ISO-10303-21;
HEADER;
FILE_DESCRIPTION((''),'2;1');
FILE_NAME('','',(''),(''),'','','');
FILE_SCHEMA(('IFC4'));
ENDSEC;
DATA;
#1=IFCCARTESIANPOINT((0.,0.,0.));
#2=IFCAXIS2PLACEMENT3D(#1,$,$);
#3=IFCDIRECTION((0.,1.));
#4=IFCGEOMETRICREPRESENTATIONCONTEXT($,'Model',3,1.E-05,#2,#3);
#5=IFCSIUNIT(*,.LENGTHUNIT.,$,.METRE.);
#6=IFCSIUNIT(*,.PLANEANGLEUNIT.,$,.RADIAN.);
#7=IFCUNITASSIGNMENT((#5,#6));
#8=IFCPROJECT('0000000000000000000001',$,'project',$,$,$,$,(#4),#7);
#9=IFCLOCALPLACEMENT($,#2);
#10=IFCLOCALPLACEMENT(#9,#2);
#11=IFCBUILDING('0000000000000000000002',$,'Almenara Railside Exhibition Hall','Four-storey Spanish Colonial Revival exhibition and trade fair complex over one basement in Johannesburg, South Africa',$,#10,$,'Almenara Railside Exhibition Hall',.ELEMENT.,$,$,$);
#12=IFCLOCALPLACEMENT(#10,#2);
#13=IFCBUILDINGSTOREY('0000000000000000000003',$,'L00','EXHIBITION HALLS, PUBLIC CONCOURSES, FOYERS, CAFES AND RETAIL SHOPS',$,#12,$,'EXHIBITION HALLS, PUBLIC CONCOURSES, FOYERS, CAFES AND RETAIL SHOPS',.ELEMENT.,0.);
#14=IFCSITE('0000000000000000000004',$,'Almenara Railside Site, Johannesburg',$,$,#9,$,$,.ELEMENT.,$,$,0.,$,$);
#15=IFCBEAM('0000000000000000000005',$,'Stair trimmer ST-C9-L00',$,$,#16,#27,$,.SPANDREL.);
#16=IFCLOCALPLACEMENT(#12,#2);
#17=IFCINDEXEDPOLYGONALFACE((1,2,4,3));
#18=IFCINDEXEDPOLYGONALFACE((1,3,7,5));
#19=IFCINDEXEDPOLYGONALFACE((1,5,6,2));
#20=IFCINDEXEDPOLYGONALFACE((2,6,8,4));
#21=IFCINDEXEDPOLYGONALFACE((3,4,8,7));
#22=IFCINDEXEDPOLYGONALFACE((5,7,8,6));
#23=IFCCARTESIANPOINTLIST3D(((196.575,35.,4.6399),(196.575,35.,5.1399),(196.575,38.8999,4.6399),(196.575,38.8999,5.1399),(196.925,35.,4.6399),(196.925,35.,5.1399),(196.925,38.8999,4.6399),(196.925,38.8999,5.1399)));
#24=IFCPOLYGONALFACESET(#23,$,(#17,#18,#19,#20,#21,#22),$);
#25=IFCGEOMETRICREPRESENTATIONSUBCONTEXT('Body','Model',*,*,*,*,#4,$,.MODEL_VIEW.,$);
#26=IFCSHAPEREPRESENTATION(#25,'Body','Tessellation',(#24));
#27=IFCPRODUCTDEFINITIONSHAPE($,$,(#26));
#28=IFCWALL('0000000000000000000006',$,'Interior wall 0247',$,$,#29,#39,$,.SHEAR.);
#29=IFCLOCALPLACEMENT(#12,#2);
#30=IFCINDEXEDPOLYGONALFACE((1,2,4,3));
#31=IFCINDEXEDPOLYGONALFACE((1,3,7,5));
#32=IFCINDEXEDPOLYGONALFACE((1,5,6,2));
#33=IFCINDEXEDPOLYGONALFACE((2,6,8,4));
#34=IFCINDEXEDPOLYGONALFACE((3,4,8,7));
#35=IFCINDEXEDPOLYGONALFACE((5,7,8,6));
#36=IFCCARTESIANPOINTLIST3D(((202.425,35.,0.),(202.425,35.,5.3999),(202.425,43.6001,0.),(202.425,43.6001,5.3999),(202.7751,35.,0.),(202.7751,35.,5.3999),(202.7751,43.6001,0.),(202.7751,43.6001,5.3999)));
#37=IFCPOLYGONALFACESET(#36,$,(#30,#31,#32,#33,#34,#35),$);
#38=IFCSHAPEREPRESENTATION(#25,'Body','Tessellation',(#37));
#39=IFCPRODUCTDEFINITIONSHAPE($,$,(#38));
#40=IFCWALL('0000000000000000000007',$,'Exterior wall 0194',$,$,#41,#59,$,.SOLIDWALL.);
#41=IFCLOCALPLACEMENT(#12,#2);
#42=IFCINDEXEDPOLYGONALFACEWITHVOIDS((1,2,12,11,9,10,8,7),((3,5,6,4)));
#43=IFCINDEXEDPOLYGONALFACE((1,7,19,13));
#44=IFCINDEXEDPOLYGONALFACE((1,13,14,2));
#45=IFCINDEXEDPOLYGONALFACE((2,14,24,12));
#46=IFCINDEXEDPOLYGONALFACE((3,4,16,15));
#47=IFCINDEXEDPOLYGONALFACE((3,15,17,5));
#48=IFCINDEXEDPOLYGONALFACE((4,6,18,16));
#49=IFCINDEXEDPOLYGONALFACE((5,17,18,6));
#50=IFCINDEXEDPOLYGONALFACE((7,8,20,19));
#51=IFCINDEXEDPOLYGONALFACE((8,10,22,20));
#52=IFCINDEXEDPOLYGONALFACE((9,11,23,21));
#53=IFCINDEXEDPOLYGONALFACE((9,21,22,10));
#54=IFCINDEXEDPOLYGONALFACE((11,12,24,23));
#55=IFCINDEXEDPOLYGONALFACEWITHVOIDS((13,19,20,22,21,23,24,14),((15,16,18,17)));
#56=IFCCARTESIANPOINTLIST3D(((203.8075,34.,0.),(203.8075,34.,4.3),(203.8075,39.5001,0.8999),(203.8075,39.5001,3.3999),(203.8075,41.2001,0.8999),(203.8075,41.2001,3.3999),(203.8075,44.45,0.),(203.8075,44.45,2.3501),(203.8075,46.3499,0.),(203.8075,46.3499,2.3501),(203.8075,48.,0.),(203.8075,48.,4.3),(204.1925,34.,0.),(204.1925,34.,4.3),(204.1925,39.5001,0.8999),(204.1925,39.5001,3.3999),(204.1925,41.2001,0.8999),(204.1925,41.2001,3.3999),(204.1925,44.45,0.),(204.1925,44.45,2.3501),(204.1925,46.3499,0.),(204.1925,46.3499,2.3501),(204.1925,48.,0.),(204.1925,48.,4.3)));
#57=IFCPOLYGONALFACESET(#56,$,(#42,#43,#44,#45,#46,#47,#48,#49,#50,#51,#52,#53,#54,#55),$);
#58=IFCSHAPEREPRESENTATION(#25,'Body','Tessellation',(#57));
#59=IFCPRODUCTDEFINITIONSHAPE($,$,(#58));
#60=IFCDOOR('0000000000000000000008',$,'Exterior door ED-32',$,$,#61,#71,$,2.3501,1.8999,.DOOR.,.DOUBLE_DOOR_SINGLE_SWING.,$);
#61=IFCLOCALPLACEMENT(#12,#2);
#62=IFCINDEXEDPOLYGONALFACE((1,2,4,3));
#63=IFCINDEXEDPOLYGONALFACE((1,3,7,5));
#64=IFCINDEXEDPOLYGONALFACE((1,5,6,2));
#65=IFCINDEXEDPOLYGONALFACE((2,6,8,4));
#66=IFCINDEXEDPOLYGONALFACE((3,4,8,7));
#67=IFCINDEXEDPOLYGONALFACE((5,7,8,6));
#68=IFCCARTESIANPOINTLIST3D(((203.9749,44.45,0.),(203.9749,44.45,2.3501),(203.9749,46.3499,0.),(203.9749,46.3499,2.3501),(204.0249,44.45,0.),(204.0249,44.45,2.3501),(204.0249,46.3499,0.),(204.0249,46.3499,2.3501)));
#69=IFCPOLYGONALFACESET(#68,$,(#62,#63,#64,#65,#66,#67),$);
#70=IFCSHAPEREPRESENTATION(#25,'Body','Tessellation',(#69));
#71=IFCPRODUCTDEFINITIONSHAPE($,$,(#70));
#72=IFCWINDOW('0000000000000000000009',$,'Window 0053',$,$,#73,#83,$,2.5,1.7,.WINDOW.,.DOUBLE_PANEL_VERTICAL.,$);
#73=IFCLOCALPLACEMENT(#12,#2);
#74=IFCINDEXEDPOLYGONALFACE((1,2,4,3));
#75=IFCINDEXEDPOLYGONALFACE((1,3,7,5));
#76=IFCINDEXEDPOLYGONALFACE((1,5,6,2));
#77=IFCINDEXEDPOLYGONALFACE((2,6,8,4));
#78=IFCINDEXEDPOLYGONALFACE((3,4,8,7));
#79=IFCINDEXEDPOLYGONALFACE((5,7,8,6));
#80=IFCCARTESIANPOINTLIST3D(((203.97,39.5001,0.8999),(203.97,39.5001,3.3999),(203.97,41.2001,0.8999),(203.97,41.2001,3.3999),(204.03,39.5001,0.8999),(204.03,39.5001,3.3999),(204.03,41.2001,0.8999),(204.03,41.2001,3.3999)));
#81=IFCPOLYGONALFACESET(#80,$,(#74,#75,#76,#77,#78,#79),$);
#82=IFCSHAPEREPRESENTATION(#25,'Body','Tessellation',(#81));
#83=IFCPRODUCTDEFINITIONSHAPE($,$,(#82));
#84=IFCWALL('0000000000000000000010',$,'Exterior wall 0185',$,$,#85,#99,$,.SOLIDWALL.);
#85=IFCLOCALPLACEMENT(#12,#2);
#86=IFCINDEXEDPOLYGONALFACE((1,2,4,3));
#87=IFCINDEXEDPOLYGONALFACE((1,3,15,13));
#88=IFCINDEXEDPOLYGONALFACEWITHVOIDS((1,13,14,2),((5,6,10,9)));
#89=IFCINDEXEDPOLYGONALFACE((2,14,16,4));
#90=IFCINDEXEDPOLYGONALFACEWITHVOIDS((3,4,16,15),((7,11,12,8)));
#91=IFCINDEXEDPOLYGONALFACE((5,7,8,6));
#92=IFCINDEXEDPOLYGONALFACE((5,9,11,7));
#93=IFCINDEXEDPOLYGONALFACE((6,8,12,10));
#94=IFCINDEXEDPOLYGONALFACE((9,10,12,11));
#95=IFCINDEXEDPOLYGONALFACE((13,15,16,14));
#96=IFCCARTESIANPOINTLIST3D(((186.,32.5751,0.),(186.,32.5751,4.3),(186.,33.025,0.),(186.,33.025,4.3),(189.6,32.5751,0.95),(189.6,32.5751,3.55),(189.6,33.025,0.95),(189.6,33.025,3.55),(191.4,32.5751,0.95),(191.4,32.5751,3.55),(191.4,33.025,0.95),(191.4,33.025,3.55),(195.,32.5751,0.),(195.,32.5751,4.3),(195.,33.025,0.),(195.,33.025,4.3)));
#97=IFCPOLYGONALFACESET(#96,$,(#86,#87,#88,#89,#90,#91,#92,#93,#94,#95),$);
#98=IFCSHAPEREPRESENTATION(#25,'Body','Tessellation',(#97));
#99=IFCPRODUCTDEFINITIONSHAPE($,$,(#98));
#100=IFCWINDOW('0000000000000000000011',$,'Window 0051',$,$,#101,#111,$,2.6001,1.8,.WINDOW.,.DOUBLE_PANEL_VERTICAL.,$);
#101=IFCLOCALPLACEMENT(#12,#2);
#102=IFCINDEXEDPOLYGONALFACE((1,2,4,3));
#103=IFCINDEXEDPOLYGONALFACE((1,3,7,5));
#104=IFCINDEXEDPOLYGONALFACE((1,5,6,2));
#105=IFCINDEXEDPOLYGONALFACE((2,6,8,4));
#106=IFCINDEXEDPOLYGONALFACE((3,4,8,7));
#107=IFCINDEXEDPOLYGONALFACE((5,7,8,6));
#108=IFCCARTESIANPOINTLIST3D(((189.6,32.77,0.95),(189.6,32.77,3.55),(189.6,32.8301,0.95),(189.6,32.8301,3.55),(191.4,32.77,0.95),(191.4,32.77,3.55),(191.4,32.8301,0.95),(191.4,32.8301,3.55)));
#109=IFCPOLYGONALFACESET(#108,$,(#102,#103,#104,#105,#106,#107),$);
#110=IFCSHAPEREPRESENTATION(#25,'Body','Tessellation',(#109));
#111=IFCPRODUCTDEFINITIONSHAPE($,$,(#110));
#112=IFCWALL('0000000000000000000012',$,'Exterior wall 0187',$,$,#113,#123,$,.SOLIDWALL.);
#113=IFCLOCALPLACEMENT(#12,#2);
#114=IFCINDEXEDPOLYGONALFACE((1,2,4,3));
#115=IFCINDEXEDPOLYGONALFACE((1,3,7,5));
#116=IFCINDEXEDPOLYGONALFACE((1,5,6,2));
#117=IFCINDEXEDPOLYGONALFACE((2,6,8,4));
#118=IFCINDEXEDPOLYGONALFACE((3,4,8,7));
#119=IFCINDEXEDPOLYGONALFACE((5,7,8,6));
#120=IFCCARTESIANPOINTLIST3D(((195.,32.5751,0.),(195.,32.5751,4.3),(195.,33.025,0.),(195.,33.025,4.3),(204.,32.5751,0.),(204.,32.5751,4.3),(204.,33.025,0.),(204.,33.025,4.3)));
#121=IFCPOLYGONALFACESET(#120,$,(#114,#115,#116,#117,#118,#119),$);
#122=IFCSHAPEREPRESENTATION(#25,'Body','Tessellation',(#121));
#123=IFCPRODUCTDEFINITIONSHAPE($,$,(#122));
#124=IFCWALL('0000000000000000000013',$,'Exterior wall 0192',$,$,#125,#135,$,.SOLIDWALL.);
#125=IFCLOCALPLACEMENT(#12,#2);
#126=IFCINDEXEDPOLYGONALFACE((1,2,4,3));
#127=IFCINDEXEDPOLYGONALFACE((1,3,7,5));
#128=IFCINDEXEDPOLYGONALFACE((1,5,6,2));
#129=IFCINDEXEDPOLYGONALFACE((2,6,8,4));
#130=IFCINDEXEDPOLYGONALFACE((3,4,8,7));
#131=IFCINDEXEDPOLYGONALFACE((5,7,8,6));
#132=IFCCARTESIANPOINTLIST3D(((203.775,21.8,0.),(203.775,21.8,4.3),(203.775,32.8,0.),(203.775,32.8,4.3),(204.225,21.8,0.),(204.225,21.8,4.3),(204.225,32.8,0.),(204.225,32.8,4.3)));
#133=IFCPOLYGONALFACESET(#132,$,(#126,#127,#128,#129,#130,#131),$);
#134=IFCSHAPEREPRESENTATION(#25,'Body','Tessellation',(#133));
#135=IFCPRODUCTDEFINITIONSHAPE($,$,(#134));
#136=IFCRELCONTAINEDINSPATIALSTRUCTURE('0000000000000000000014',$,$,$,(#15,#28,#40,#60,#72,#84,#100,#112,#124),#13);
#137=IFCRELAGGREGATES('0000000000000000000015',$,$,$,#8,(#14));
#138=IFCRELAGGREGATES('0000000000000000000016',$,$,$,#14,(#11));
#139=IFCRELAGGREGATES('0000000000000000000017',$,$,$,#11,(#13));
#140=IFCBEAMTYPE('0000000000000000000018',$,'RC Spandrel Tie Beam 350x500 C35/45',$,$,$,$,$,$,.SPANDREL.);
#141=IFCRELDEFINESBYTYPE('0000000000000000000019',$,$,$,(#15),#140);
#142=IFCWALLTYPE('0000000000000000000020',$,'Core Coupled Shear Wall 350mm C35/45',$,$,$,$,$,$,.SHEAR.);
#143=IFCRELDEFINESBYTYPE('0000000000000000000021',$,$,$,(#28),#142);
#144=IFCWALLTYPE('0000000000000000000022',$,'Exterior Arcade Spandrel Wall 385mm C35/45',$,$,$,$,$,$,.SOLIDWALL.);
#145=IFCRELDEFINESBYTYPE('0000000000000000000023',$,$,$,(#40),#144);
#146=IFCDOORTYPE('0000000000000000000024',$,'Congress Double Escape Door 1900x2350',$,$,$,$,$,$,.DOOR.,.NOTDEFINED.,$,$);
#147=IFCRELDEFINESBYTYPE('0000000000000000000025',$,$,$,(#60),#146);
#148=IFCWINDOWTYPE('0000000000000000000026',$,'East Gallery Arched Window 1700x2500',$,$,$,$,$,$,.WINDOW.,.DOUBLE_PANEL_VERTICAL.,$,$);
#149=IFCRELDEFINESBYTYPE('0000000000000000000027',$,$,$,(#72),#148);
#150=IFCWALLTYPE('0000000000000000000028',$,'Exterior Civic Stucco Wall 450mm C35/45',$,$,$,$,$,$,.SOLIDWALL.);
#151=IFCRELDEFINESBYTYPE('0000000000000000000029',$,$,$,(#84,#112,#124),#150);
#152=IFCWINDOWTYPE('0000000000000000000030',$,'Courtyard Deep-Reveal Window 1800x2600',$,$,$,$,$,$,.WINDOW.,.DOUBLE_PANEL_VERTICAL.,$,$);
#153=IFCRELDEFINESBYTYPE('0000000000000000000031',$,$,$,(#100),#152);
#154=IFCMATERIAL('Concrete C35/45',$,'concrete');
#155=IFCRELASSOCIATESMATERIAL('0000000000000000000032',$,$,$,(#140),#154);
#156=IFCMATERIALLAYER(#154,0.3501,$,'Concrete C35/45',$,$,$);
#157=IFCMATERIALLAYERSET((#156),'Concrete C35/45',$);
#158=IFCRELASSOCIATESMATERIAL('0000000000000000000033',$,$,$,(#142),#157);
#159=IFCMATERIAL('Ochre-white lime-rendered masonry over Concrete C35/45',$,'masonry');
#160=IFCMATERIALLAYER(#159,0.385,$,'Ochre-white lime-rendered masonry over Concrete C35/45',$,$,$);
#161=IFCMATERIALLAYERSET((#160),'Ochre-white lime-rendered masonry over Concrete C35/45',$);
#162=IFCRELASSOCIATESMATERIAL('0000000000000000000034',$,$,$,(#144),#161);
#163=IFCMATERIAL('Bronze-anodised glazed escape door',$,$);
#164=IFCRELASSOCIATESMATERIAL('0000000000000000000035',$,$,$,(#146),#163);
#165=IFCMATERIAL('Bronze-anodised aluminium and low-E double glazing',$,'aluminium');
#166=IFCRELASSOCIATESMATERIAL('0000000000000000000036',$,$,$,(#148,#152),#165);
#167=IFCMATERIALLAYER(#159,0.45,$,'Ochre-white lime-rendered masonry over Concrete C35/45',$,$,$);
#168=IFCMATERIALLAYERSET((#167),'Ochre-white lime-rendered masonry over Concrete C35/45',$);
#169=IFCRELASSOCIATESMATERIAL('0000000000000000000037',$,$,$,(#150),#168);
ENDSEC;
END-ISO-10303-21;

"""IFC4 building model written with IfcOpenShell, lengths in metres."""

from ifc_helpers import new_model, si_unit, direction, frame, frame_2d, origin, origin_2d, place, context, subcontext, project, spatial, rectangle, extrude, material, layer, layer_set, material_profile, profile_set, type_object, element, fill, save


model = new_model("IFC4")

# Units and contexts
model_context = context("Model", 3, precision=1e-05, world=origin(), true_north=direction((0.0, 1.0)))
body_context = subcontext(model_context, "Body", "Model", "MODEL_VIEW")
ifc_project = project(units=[si_unit("LENGTHUNIT", "METRE"), si_unit("PLANEANGLEUNIT", "RADIAN")], contexts=[model_context])

# Site, building, storey
site_placement = place(None, origin())
site = spatial("IfcSite", under=ifc_project, at=site_placement, Name="Almenara Railside Site, Johannesburg", CompositionType="ELEMENT", RefElevation=0.0)
building_placement = place(site_placement, origin())
building = spatial("IfcBuilding", under=site, at=building_placement, Name="Almenara Railside Exhibition Hall", Description="Four-storey Spanish Colonial Revival exhibition and trade fair complex over one basement in Johannesburg, South Africa", LongName="Almenara Railside Exhibition Hall", CompositionType="ELEMENT")
storey_placement = place(building_placement, origin())
storey = spatial("IfcBuildingStorey", under=building, at=storey_placement, Name="L00", Description="EXHIBITION HALLS, PUBLIC CONCOURSES, FOYERS, CAFES AND RETAIL SHOPS", LongName="EXHIBITION HALLS, PUBLIC CONCOURSES, FOYERS, CAFES AND RETAIL SHOPS", CompositionType="ELEMENT", Elevation=0.0)

# Shared definitions
ifc_material_1 = material(Name="Concrete C35/45", Category="concrete")

# Beam
ifc_material_profile_1 = material_profile(ifc_material_1, rectangle(XDim=0.3501, YDim=0.5, at=origin_2d()), Name="RC 350x500")
ifc_profile_set_1 = profile_set([ifc_material_profile_1], Name="Concrete C35/45")
beam_type_1 = type_object("IfcBeamType", Name="RC Spandrel Tie Beam 350x500 C35/45", PredefinedType="SPANDREL", material=ifc_profile_set_1)
beam_1_placement = place(storey_placement, frame((196.75, 35.0, 4.8899), z_axis=(0.0, 1.0, 0.0), x_axis=(-1.0, 0.0, 0.0)))
element("IfcBeam", 1, at=beam_1_placement, inside=storey, type_object=beam_type_1, Name="Stair trimmer ST-C9-L00", PredefinedType="SPANDREL", context=body_context, shape_type="SweptSolid", body=[
    extrude(rectangle(XDim=0.3501, YDim=0.5, at=origin_2d()), origin(), (0.0, 0.0, 1.0), 3.8999),
])

# Wall
ifc_layer_1 = layer(ifc_material_1, 0.3501, Name="Concrete C35/45")
ifc_layer_set_1 = layer_set([ifc_layer_1], Name="Concrete C35/45")
wall_type_1 = type_object("IfcWallType", Name="Core Coupled Shear Wall 350mm C35/45", PredefinedType="SHEAR", material=ifc_layer_set_1)
wall_1_placement = place(storey_placement, frame((202.6001, 35.0, 0.0), z_axis=(0.0, 0.0, 1.0), x_axis=(0.0, 1.0, 0.0)))
element("IfcWall", 2, at=wall_1_placement, inside=storey, type_object=wall_type_1, Name="Interior wall 0247", PredefinedType="SHEAR", context=body_context, shape_type="SweptSolid", body=[
    extrude(rectangle(XDim=8.6001, YDim=0.3501, at=frame_2d((4.3, 0.0))), origin(), (0.0, 0.0, 1.0), 5.3999),
])

# Wall, openings, door, window
ifc_material_2 = material(Name="Ochre-white lime-rendered masonry over Concrete C35/45", Category="masonry")
ifc_layer_2 = layer(ifc_material_2, 0.385, Name="Ochre-white lime-rendered masonry over Concrete C35/45")
ifc_layer_set_2 = layer_set([ifc_layer_2], Name="Ochre-white lime-rendered masonry over Concrete C35/45")
wall_type_2 = type_object("IfcWallType", Name="Exterior Arcade Spandrel Wall 385mm C35/45", PredefinedType="SOLIDWALL", material=ifc_layer_set_2)
wall_2_placement = place(storey_placement, frame((204.0, 34.0, 0.0), z_axis=(0.0, 0.0, 1.0), x_axis=(0.0, 1.0, 0.0)))
wall_2 = element("IfcWall", 3, at=wall_2_placement, inside=storey, type_object=wall_type_2, Name="Exterior wall 0194", PredefinedType="SOLIDWALL", context=body_context, shape_type="SweptSolid", body=[
    extrude(rectangle(XDim=14.0, YDim=0.385, at=frame_2d((7.0, 0.0))), origin(), (0.0, 0.0, 1.0), 4.3),
])
opening_1_placement = place(wall_2_placement, frame((5.5, 0.0, 0.8999)))
opening_1 = element("IfcOpeningElement", 4, at=opening_1_placement, cuts=wall_2, PredefinedType="OPENING", context=body_context, shape_type="SweptSolid", body=[
    extrude(rectangle(XDim=1.7, YDim=2.5, at=frame_2d((0.8501, 1.25))), frame((0.0, 0.2024, 0.0), z_axis=(0.0, -1.0, 0.0), x_axis=(1.0, 0.0, 0.0)), (0.0, 0.0, 1.0), 0.405),
])
opening_2_placement = place(wall_2_placement, frame((10.45, 0.0, 0.0)))
opening_2 = element("IfcOpeningElement", 5, at=opening_2_placement, cuts=wall_2, PredefinedType="OPENING", context=body_context, shape_type="SweptSolid", body=[
    extrude(rectangle(XDim=1.8999, YDim=2.3501, at=frame_2d((0.95, 1.175))), frame((0.0, 0.2024, 0.0), z_axis=(0.0, -1.0, 0.0), x_axis=(1.0, 0.0, 0.0)), (0.0, 0.0, 1.0), 0.405),
])
ifc_material_3 = material(Name="Bronze-anodised glazed escape door")
door_type = type_object("IfcDoorType", Name="Congress Double Escape Door 1900x2350", OperationType="NOTDEFINED", PredefinedType="DOOR", material=ifc_material_3)
door_placement = place(opening_2_placement, frame((1.8999, 0.0, 0.0), z_axis=(0.0, 0.0, 1.0), x_axis=(-1.0, 0.0, 0.0)))
door = element("IfcDoor", 6, at=door_placement, inside=storey, type_object=door_type, Name="Exterior door ED-32", OperationType="DOUBLE_DOOR_SINGLE_SWING", OverallHeight=2.3501, OverallWidth=1.8999, PredefinedType="DOOR", context=body_context, shape_type="SweptSolid", body=[
    extrude(rectangle(XDim=1.8999, YDim=2.3501, at=frame_2d((0.95, 1.175))), frame((0.0, 0.0249, 0.0), z_axis=(0.0, -1.0, 0.0), x_axis=(1.0, 0.0, 0.0)), (0.0, 0.0, 1.0), 0.05),
])
fill(opening_2, door)
ifc_material_4 = material(Name="Bronze-anodised aluminium and low-E double glazing", Category="aluminium")
window_type_1 = type_object("IfcWindowType", Name="East Gallery Arched Window 1700x2500", PartitioningType="DOUBLE_PANEL_VERTICAL", PredefinedType="WINDOW", material=ifc_material_4)
window_1_placement = place(opening_1_placement, origin())
window_1 = element("IfcWindow", 7, at=window_1_placement, inside=storey, type_object=window_type_1, Name="Window 0053", OverallHeight=2.5, OverallWidth=1.7, PartitioningType="DOUBLE_PANEL_VERTICAL", PredefinedType="WINDOW", context=body_context, shape_type="SweptSolid", body=[
    extrude(rectangle(XDim=1.7, YDim=2.5, at=frame_2d((0.8501, 1.25))), frame((0.0, 0.03, 0.0), z_axis=(0.0, -1.0, 0.0), x_axis=(1.0, 0.0, 0.0)), (0.0, 0.0, 1.0), 0.0601),
])
fill(opening_1, window_1)

# Wall, opening, window
ifc_layer_3 = layer(ifc_material_2, 0.45, Name="Ochre-white lime-rendered masonry over Concrete C35/45")
ifc_layer_set_3 = layer_set([ifc_layer_3], Name="Ochre-white lime-rendered masonry over Concrete C35/45")
wall_type_3 = type_object("IfcWallType", Name="Exterior Civic Stucco Wall 450mm C35/45", PredefinedType="SOLIDWALL", material=ifc_layer_set_3)
wall_3_placement = place(storey_placement, frame((195.0, 32.8, 0.0), z_axis=(0.0, 0.0, 1.0), x_axis=(-1.0, 0.0, 0.0)))
wall_3 = element("IfcWall", 8, at=wall_3_placement, inside=storey, type_object=wall_type_3, Name="Exterior wall 0185", PredefinedType="SOLIDWALL", context=body_context, shape_type="SweptSolid", body=[
    extrude(rectangle(XDim=9.0, YDim=0.45, at=frame_2d((4.5, 0.0))), origin(), (0.0, 0.0, 1.0), 4.3),
])
opening_3_placement = place(wall_3_placement, frame((3.6001, 0.0, 0.95)))
opening_3 = element("IfcOpeningElement", 9, at=opening_3_placement, cuts=wall_3, PredefinedType="OPENING", context=body_context, shape_type="SweptSolid", body=[
    extrude(rectangle(XDim=1.8, YDim=2.6001, at=frame_2d((0.8999, 1.3))), frame((0.0, 0.2349, 0.0), z_axis=(0.0, -1.0, 0.0), x_axis=(1.0, 0.0, 0.0)), (0.0, 0.0, 1.0), 0.47),
])
window_type_2 = type_object("IfcWindowType", Name="Courtyard Deep-Reveal Window 1800x2600", PartitioningType="DOUBLE_PANEL_VERTICAL", PredefinedType="WINDOW", material=ifc_material_4)
window_2_placement = place(opening_3_placement, origin())
window_2 = element("IfcWindow", 10, at=window_2_placement, inside=storey, type_object=window_type_2, Name="Window 0051", OverallHeight=2.6001, OverallWidth=1.8, PartitioningType="DOUBLE_PANEL_VERTICAL", PredefinedType="WINDOW", context=body_context, shape_type="SweptSolid", body=[
    extrude(rectangle(XDim=1.8, YDim=2.6001, at=frame_2d((0.8999, 1.3))), frame((0.0, 0.03, 0.0), z_axis=(0.0, -1.0, 0.0), x_axis=(1.0, 0.0, 0.0)), (0.0, 0.0, 1.0), 0.0601),
])
fill(opening_3, window_2)

# Walls
wall_4_placement = place(storey_placement, frame((204.0, 32.8, 0.0), z_axis=(0.0, 0.0, 1.0), x_axis=(-1.0, 0.0, 0.0)))
element("IfcWall", 11, at=wall_4_placement, inside=storey, type_object=wall_type_3, Name="Exterior wall 0187", PredefinedType="SOLIDWALL", context=body_context, shape_type="SweptSolid", body=[
    extrude(rectangle(XDim=9.0, YDim=0.45, at=frame_2d((4.5, 0.0))), origin(), (0.0, 0.0, 1.0), 4.3),
])
wall_5_placement = place(storey_placement, frame((204.0, 21.8, 0.0), z_axis=(0.0, 0.0, 1.0), x_axis=(0.0, 1.0, 0.0)))
element("IfcWall", 12, at=wall_5_placement, inside=storey, type_object=wall_type_3, Name="Exterior wall 0192", PredefinedType="SOLIDWALL", context=body_context, shape_type="SweptSolid", body=[
    extrude(rectangle(XDim=11.0, YDim=0.45, at=frame_2d((5.5, 0.0))), origin(), (0.0, 0.0, 1.0), 4.3),
])

save(model, "model.ifc")
